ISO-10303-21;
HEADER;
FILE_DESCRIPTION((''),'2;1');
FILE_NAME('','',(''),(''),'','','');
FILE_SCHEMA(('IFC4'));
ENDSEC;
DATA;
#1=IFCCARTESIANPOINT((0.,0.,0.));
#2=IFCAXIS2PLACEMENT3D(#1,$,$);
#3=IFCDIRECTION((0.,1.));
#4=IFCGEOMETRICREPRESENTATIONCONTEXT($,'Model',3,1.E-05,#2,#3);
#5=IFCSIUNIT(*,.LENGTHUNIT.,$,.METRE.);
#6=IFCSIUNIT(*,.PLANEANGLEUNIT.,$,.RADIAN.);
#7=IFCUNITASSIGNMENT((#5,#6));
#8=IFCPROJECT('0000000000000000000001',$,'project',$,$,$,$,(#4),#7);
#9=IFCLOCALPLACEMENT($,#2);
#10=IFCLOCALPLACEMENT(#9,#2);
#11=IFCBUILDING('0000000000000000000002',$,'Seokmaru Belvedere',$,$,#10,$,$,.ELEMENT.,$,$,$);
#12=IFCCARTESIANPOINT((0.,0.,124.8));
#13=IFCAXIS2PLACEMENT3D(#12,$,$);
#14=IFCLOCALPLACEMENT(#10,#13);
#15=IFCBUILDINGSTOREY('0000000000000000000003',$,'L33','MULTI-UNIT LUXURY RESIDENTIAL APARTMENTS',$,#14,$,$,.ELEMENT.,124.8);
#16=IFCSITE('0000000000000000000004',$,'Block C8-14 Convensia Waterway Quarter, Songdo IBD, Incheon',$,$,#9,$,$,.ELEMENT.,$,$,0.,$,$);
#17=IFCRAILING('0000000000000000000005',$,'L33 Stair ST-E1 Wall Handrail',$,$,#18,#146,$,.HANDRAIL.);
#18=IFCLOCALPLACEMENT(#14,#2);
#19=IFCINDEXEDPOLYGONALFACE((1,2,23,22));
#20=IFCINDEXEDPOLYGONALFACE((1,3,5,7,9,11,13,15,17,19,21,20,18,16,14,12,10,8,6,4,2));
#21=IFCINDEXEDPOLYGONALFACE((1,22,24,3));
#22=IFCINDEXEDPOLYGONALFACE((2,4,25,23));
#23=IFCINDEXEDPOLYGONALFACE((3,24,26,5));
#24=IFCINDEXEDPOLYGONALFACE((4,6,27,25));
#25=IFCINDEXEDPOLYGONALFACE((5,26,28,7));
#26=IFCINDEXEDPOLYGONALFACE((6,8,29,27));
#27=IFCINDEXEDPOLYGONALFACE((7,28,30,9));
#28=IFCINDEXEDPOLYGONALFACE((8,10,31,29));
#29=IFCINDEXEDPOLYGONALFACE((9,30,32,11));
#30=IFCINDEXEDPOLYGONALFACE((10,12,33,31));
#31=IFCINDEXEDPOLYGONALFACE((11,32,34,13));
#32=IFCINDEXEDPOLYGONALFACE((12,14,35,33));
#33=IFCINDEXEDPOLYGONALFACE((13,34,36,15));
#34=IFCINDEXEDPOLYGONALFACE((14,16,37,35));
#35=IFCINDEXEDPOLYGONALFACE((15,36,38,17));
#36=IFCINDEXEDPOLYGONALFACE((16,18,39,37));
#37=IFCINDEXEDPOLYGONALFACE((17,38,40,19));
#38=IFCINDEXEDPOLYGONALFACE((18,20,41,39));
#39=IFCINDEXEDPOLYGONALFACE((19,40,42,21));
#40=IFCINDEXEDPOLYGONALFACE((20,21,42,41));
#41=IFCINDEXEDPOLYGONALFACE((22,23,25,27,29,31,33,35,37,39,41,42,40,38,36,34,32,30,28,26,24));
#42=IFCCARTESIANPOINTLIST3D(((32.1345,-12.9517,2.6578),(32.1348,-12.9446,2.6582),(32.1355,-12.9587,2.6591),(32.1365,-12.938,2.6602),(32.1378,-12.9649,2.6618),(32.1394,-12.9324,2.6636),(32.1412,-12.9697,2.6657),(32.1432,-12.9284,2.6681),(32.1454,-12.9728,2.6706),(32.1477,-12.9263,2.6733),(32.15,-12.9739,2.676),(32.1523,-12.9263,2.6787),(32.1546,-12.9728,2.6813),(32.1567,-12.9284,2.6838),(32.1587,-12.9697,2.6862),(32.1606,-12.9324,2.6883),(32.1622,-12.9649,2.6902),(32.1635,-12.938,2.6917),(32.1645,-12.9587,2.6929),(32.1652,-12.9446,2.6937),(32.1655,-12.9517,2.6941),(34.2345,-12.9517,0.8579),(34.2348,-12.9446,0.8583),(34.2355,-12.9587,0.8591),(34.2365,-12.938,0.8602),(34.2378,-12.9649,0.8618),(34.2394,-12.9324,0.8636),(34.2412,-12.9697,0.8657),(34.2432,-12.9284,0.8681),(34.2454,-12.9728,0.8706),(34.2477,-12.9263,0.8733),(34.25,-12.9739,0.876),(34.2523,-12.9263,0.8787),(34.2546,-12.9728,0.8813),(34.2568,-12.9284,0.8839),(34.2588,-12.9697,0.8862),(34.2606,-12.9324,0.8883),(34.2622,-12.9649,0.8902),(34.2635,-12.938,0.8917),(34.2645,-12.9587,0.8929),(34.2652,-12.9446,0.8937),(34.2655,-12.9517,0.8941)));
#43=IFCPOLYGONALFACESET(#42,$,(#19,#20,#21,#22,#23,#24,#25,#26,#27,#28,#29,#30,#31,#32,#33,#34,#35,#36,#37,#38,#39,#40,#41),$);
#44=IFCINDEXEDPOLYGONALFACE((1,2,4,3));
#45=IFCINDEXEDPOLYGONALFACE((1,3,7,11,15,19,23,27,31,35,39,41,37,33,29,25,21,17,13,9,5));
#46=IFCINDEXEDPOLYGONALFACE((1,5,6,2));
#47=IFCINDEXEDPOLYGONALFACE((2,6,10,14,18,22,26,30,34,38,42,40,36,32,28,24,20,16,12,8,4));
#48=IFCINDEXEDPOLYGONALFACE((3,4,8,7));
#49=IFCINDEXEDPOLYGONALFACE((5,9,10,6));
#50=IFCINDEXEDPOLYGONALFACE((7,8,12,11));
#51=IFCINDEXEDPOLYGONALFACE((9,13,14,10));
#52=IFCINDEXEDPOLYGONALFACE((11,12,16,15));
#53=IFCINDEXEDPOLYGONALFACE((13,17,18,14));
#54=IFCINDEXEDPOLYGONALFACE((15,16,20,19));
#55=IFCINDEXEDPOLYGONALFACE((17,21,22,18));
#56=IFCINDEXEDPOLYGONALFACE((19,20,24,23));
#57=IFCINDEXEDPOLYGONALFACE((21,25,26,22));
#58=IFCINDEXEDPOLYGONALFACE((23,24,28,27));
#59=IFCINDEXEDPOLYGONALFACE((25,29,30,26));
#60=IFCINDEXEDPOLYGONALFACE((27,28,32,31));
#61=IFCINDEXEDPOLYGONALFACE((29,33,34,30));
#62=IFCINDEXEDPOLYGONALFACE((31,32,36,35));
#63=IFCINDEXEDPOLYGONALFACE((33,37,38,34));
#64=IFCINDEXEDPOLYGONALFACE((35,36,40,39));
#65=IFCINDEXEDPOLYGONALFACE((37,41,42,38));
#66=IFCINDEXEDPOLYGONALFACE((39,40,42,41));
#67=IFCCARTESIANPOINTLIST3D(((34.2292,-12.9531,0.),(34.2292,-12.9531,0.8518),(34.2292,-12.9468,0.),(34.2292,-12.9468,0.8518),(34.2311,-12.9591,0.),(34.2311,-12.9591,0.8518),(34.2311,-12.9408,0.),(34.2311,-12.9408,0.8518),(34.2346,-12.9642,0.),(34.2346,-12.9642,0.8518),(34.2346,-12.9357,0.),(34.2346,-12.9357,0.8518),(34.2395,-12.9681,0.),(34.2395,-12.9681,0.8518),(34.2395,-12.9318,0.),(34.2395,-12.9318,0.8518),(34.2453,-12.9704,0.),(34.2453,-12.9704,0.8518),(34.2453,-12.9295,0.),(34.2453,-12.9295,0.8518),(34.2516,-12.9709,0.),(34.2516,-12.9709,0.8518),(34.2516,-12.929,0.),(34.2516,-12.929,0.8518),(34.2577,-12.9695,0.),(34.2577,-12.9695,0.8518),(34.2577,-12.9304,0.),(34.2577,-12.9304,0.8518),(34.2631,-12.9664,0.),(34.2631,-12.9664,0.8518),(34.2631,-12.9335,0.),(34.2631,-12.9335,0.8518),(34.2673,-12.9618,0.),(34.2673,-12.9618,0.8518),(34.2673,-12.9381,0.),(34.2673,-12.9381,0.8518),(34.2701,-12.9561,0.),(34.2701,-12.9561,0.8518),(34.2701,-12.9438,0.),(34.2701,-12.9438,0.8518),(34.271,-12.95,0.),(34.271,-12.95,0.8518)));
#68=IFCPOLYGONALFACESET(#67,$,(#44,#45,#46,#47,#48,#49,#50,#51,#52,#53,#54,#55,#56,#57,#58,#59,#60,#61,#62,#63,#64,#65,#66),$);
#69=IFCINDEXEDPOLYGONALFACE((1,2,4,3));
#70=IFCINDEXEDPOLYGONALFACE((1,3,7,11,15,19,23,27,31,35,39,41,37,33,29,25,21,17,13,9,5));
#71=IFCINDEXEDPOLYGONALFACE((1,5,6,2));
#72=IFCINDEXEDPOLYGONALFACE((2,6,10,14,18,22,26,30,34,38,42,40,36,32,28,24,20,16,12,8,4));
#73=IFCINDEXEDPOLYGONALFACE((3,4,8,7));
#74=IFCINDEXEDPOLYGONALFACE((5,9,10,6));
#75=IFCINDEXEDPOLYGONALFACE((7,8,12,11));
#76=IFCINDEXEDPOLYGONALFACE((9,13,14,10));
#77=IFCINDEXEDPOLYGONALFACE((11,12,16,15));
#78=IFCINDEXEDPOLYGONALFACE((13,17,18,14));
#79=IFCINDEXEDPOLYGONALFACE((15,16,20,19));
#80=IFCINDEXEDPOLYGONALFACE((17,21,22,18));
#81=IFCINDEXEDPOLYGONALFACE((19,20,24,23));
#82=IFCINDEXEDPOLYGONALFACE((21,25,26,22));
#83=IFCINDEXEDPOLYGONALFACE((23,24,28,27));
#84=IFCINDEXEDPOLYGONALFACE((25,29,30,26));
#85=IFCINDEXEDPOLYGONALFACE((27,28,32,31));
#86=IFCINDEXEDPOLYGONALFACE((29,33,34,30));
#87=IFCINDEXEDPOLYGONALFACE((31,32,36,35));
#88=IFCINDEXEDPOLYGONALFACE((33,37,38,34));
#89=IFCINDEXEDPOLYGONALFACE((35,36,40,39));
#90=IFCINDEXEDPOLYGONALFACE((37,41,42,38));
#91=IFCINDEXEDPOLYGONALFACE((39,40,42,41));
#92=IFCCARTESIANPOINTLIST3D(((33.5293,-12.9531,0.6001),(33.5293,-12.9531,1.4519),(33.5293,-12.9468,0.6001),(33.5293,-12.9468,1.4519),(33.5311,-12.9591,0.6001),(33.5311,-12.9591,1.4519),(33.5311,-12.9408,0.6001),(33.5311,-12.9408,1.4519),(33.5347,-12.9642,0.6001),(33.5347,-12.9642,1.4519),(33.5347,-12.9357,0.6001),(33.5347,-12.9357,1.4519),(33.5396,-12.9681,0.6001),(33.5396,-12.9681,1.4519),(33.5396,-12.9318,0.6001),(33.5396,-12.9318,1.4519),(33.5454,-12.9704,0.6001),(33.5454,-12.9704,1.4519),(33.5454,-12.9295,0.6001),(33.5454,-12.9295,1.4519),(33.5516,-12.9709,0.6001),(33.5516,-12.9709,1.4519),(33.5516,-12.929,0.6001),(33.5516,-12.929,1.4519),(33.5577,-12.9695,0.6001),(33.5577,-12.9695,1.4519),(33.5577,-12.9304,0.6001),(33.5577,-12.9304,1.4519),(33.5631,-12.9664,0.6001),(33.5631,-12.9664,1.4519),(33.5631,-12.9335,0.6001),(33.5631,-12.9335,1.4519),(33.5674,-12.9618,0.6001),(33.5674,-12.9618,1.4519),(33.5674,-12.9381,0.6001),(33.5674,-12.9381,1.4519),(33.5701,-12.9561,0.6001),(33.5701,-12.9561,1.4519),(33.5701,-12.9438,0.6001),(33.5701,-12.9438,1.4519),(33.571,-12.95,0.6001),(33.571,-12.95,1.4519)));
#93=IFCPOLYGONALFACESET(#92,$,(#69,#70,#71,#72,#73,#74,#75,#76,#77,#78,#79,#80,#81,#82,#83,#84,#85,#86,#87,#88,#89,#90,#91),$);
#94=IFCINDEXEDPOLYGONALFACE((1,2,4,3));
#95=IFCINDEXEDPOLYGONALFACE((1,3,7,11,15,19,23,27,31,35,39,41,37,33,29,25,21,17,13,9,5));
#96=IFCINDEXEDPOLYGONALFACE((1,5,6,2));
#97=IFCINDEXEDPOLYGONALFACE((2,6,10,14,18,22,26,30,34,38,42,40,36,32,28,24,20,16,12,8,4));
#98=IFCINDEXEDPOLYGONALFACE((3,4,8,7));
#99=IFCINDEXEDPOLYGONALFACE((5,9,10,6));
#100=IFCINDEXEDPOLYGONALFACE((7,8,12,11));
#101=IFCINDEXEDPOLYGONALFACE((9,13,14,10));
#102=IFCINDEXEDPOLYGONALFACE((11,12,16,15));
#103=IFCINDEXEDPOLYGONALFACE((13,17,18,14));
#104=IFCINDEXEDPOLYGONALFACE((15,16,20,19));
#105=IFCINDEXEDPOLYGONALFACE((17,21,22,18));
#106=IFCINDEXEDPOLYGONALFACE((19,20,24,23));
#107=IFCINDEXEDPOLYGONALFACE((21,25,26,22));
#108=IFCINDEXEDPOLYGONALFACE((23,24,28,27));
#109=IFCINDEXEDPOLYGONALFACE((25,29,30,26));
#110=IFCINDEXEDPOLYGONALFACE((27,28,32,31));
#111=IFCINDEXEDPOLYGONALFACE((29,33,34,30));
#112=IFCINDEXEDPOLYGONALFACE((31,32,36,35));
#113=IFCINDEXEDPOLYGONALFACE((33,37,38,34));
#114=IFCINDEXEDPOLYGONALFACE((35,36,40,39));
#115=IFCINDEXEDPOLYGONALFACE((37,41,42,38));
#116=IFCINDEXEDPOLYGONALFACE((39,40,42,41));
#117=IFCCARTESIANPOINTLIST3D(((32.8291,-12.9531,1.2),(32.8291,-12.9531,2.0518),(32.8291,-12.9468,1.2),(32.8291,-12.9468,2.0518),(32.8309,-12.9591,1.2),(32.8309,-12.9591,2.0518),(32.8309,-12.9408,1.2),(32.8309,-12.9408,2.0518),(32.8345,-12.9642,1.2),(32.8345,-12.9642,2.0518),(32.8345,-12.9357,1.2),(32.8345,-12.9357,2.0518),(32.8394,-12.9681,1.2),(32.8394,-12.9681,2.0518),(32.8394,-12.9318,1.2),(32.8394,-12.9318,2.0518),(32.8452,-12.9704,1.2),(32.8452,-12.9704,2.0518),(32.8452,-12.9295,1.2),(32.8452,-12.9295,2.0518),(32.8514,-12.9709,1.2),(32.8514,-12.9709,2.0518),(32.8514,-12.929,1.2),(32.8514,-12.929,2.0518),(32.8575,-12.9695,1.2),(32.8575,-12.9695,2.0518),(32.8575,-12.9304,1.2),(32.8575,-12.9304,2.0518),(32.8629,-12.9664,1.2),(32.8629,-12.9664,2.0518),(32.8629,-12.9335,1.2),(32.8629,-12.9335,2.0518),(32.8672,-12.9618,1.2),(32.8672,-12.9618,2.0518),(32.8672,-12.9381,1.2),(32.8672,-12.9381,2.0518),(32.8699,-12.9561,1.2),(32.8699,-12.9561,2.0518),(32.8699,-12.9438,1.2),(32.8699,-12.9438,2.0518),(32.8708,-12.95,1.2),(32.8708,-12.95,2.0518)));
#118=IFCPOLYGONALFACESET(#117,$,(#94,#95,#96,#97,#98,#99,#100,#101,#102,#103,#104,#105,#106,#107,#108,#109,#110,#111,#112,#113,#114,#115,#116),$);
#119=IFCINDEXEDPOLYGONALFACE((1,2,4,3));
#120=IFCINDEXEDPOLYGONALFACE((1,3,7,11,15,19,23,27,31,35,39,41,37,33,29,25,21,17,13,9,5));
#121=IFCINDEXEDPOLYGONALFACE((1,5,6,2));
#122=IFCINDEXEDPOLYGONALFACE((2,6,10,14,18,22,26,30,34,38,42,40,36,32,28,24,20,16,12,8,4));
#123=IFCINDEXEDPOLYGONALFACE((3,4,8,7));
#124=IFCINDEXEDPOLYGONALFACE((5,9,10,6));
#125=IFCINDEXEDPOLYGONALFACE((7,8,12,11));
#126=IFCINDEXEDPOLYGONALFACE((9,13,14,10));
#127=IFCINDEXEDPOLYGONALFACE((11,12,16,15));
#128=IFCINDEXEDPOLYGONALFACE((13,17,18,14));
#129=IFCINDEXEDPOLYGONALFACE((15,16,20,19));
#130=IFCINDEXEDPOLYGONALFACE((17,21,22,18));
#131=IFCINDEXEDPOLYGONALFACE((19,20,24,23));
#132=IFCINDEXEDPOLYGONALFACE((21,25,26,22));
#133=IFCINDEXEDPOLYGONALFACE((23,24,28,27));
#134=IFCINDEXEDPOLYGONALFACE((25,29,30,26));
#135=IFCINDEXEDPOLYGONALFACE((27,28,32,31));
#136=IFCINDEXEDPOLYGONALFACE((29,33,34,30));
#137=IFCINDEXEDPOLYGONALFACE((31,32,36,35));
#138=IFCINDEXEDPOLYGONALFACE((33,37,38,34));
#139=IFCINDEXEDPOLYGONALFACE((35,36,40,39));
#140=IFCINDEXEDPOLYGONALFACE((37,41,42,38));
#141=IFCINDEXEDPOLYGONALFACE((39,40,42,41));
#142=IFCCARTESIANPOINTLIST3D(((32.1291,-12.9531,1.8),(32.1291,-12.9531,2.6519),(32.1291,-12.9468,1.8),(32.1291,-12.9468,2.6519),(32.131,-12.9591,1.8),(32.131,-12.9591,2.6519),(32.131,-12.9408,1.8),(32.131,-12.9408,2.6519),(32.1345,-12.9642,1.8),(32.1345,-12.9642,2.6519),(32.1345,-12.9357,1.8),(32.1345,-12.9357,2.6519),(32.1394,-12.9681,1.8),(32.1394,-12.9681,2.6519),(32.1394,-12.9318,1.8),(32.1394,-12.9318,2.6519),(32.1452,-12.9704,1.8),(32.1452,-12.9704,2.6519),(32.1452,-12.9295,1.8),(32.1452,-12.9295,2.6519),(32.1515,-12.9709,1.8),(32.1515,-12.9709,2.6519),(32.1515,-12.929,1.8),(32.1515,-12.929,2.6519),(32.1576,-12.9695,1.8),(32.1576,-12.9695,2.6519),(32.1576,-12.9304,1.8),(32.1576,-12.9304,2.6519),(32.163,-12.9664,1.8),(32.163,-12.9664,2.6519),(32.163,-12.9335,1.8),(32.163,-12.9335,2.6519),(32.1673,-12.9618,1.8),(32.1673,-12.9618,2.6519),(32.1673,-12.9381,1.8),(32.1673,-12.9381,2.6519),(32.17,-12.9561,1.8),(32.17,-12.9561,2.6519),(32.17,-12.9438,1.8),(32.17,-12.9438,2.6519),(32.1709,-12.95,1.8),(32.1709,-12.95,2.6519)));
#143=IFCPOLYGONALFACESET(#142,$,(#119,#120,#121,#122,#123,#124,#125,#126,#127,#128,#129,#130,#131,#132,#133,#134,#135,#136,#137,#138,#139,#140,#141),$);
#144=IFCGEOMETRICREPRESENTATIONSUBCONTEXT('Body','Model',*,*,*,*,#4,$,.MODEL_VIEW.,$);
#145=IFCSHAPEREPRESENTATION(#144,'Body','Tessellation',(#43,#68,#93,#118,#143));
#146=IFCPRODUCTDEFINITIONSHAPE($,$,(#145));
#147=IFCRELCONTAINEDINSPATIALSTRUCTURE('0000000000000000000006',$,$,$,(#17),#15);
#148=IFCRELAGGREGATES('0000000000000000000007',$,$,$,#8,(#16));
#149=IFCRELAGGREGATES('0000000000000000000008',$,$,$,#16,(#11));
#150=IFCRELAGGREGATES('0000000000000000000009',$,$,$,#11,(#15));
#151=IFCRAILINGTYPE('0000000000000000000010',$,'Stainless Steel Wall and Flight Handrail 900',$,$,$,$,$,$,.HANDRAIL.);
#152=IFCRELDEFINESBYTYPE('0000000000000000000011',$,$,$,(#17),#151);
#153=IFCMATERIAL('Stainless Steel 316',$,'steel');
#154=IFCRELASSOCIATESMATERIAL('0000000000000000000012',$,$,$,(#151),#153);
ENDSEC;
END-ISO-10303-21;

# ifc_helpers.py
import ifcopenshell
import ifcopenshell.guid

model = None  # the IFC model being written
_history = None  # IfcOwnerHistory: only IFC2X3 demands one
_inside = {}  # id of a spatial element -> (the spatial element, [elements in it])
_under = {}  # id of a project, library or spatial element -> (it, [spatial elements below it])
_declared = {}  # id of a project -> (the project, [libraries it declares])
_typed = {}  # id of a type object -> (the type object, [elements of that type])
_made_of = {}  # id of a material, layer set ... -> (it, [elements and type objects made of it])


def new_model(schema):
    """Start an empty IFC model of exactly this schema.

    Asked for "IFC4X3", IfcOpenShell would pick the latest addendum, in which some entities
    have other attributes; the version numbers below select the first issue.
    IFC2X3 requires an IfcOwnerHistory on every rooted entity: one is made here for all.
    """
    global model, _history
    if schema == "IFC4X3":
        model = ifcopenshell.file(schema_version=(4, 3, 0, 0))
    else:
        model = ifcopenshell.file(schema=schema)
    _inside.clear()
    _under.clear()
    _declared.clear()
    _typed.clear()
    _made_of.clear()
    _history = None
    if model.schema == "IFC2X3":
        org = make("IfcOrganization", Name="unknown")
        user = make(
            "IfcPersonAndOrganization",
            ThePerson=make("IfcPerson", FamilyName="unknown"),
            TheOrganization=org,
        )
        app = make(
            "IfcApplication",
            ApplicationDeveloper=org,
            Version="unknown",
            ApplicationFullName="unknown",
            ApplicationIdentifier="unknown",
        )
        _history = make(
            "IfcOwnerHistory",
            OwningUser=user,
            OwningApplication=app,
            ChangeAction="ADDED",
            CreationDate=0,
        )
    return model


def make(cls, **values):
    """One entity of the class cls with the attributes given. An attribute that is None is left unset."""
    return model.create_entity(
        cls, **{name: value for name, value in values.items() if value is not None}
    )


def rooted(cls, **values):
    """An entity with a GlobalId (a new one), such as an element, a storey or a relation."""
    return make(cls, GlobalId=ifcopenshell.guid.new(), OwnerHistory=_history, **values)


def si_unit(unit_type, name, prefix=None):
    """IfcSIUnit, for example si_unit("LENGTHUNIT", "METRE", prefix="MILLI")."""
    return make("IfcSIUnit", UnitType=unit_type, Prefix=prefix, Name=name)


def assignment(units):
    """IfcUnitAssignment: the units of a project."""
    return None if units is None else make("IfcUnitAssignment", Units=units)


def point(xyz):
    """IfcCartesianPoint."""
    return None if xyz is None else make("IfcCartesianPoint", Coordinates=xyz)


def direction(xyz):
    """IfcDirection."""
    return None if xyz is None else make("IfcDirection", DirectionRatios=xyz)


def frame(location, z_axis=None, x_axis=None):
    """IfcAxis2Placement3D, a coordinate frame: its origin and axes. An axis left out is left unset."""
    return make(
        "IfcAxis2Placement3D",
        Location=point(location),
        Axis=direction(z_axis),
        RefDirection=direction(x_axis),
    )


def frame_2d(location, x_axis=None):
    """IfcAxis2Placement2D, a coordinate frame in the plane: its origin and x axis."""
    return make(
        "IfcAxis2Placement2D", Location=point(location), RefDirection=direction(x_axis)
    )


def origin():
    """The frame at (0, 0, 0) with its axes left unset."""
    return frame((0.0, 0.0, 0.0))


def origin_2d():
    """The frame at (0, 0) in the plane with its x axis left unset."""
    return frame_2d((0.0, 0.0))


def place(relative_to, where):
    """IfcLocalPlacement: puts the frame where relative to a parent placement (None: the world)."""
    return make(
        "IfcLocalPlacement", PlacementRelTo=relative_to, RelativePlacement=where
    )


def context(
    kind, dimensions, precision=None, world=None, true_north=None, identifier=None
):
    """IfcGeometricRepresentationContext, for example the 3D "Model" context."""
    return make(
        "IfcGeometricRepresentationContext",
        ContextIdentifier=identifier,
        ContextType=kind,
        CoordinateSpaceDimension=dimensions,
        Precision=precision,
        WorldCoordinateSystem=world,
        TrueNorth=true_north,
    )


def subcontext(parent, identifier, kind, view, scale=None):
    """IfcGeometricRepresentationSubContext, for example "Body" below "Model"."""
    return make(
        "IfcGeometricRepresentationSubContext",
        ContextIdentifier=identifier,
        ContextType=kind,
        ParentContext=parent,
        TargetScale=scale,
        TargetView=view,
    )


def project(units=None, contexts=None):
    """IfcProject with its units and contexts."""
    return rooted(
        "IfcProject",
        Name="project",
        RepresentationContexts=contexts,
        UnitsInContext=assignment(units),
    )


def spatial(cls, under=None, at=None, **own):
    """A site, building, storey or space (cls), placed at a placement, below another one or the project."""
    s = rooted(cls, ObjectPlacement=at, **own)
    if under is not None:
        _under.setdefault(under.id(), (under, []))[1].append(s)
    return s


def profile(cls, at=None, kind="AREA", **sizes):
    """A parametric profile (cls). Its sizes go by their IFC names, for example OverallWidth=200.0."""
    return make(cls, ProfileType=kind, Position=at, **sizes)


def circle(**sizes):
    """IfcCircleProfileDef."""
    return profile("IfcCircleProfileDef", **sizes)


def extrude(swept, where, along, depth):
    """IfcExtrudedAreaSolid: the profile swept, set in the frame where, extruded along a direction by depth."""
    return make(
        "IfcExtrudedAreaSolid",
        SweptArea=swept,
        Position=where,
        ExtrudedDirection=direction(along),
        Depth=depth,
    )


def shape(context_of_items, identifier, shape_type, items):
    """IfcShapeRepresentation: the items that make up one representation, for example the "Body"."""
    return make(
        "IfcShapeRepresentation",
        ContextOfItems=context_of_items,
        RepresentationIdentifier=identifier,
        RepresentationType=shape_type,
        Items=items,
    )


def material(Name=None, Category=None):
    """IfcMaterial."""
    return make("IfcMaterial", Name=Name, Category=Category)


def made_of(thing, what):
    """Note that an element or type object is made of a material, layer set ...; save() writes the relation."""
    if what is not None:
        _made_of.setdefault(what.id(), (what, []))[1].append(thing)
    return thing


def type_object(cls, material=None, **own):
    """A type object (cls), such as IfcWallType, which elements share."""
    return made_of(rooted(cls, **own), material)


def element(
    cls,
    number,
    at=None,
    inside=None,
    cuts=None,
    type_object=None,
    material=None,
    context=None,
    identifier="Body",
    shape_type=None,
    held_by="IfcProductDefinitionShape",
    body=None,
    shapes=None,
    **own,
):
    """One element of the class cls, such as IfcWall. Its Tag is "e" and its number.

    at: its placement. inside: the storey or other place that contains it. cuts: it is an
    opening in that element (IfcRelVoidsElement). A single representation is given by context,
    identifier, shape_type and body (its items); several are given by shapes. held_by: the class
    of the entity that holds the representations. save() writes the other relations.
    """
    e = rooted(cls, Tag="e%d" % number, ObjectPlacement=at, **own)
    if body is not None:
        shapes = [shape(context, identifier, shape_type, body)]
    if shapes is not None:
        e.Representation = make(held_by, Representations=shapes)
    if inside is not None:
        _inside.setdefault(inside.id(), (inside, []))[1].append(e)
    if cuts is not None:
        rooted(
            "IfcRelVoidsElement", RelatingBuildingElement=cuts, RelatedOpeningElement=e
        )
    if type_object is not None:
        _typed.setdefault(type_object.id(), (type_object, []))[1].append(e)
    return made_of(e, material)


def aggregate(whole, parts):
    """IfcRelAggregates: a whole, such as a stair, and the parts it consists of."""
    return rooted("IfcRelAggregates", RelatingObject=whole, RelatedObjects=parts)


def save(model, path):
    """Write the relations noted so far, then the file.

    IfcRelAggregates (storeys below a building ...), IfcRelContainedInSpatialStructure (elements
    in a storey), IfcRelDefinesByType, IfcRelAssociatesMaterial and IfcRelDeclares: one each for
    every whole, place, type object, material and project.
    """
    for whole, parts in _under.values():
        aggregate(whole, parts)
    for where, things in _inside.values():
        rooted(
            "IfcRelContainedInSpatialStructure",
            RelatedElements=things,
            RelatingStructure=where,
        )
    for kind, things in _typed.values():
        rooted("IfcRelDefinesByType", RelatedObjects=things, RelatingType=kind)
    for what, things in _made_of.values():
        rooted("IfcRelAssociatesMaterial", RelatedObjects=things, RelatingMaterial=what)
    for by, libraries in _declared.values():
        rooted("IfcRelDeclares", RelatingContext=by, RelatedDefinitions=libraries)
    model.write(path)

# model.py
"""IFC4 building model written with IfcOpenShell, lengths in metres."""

from ifc_helpers import new_model, si_unit, direction, frame, origin, origin_2d, place, context, subcontext, project, spatial, circle, extrude, material, type_object, element, save


model = new_model("IFC4")

# Units and contexts
model_context = context("Model", 3, precision=1e-05, world=origin(), true_north=direction((0.0, 1.0)))
body_context = subcontext(model_context, "Body", "Model", "MODEL_VIEW")
ifc_project = project(units=[si_unit("LENGTHUNIT", "METRE"), si_unit("PLANEANGLEUNIT", "RADIAN")], contexts=[model_context])

# Site, building, storey
site_placement = place(None, origin())
site = spatial("IfcSite", under=ifc_project, at=site_placement, Name="Block C8-14 Convensia Waterway Quarter, Songdo IBD, Incheon", CompositionType="ELEMENT", RefElevation=0.0)
building_placement = place(site_placement, origin())
building = spatial("IfcBuilding", under=site, at=building_placement, Name="Seokmaru Belvedere", CompositionType="ELEMENT")
storey_placement = place(building_placement, frame((0.0, 0.0, 124.8)))
storey = spatial("IfcBuildingStorey", under=building, at=storey_placement, Name="L33", Description="MULTI-UNIT LUXURY RESIDENTIAL APARTMENTS", CompositionType="ELEMENT", Elevation=124.8)

# Shared definitions
ifc_material_1 = material(Name="Stainless Steel 316", Category="steel")

# Railing
railing_type_1 = type_object("IfcRailingType", Name="Stainless Steel Wall and Flight Handrail 900", PredefinedType="HANDRAIL", material=ifc_material_1)
railing_1_placement = place(storey_placement, frame((34.25, -12.95, 0.0)))
element("IfcRailing", 1, at=railing_1_placement, inside=storey, type_object=railing_type_1, Name="L33 Stair ST-E1 Wall Handrail", PredefinedType="HANDRAIL", context=body_context, shape_type="SweptSolid", body=[
    extrude(circle(Radius=0.0239, at=origin_2d()), frame((0.0, 0.0, 0.876), z_axis=(-0.759263, 0.0, 0.650784), x_axis=(0.0, -1.0, 0.0)), (0.0, 0.0, 1.0), 2.7659),
    extrude(circle(Radius=0.021, at=origin_2d()), origin(), (0.0, 0.0, 1.0), 0.8518),
    extrude(circle(Radius=0.021, at=origin_2d()), frame((-0.7, 0.0, 0.6001)), (0.0, 0.0, 1.0), 0.8518),
    extrude(circle(Radius=0.021, at=origin_2d()), frame((-1.4001, 0.0, 1.2)), (0.0, 0.0, 1.0), 0.8518),
    extrude(circle(Radius=0.021, at=origin_2d()), frame((-2.1001, 0.0, 1.8)), (0.0, 0.0, 1.0), 0.8518),
])

save(model, "model.ifc")
